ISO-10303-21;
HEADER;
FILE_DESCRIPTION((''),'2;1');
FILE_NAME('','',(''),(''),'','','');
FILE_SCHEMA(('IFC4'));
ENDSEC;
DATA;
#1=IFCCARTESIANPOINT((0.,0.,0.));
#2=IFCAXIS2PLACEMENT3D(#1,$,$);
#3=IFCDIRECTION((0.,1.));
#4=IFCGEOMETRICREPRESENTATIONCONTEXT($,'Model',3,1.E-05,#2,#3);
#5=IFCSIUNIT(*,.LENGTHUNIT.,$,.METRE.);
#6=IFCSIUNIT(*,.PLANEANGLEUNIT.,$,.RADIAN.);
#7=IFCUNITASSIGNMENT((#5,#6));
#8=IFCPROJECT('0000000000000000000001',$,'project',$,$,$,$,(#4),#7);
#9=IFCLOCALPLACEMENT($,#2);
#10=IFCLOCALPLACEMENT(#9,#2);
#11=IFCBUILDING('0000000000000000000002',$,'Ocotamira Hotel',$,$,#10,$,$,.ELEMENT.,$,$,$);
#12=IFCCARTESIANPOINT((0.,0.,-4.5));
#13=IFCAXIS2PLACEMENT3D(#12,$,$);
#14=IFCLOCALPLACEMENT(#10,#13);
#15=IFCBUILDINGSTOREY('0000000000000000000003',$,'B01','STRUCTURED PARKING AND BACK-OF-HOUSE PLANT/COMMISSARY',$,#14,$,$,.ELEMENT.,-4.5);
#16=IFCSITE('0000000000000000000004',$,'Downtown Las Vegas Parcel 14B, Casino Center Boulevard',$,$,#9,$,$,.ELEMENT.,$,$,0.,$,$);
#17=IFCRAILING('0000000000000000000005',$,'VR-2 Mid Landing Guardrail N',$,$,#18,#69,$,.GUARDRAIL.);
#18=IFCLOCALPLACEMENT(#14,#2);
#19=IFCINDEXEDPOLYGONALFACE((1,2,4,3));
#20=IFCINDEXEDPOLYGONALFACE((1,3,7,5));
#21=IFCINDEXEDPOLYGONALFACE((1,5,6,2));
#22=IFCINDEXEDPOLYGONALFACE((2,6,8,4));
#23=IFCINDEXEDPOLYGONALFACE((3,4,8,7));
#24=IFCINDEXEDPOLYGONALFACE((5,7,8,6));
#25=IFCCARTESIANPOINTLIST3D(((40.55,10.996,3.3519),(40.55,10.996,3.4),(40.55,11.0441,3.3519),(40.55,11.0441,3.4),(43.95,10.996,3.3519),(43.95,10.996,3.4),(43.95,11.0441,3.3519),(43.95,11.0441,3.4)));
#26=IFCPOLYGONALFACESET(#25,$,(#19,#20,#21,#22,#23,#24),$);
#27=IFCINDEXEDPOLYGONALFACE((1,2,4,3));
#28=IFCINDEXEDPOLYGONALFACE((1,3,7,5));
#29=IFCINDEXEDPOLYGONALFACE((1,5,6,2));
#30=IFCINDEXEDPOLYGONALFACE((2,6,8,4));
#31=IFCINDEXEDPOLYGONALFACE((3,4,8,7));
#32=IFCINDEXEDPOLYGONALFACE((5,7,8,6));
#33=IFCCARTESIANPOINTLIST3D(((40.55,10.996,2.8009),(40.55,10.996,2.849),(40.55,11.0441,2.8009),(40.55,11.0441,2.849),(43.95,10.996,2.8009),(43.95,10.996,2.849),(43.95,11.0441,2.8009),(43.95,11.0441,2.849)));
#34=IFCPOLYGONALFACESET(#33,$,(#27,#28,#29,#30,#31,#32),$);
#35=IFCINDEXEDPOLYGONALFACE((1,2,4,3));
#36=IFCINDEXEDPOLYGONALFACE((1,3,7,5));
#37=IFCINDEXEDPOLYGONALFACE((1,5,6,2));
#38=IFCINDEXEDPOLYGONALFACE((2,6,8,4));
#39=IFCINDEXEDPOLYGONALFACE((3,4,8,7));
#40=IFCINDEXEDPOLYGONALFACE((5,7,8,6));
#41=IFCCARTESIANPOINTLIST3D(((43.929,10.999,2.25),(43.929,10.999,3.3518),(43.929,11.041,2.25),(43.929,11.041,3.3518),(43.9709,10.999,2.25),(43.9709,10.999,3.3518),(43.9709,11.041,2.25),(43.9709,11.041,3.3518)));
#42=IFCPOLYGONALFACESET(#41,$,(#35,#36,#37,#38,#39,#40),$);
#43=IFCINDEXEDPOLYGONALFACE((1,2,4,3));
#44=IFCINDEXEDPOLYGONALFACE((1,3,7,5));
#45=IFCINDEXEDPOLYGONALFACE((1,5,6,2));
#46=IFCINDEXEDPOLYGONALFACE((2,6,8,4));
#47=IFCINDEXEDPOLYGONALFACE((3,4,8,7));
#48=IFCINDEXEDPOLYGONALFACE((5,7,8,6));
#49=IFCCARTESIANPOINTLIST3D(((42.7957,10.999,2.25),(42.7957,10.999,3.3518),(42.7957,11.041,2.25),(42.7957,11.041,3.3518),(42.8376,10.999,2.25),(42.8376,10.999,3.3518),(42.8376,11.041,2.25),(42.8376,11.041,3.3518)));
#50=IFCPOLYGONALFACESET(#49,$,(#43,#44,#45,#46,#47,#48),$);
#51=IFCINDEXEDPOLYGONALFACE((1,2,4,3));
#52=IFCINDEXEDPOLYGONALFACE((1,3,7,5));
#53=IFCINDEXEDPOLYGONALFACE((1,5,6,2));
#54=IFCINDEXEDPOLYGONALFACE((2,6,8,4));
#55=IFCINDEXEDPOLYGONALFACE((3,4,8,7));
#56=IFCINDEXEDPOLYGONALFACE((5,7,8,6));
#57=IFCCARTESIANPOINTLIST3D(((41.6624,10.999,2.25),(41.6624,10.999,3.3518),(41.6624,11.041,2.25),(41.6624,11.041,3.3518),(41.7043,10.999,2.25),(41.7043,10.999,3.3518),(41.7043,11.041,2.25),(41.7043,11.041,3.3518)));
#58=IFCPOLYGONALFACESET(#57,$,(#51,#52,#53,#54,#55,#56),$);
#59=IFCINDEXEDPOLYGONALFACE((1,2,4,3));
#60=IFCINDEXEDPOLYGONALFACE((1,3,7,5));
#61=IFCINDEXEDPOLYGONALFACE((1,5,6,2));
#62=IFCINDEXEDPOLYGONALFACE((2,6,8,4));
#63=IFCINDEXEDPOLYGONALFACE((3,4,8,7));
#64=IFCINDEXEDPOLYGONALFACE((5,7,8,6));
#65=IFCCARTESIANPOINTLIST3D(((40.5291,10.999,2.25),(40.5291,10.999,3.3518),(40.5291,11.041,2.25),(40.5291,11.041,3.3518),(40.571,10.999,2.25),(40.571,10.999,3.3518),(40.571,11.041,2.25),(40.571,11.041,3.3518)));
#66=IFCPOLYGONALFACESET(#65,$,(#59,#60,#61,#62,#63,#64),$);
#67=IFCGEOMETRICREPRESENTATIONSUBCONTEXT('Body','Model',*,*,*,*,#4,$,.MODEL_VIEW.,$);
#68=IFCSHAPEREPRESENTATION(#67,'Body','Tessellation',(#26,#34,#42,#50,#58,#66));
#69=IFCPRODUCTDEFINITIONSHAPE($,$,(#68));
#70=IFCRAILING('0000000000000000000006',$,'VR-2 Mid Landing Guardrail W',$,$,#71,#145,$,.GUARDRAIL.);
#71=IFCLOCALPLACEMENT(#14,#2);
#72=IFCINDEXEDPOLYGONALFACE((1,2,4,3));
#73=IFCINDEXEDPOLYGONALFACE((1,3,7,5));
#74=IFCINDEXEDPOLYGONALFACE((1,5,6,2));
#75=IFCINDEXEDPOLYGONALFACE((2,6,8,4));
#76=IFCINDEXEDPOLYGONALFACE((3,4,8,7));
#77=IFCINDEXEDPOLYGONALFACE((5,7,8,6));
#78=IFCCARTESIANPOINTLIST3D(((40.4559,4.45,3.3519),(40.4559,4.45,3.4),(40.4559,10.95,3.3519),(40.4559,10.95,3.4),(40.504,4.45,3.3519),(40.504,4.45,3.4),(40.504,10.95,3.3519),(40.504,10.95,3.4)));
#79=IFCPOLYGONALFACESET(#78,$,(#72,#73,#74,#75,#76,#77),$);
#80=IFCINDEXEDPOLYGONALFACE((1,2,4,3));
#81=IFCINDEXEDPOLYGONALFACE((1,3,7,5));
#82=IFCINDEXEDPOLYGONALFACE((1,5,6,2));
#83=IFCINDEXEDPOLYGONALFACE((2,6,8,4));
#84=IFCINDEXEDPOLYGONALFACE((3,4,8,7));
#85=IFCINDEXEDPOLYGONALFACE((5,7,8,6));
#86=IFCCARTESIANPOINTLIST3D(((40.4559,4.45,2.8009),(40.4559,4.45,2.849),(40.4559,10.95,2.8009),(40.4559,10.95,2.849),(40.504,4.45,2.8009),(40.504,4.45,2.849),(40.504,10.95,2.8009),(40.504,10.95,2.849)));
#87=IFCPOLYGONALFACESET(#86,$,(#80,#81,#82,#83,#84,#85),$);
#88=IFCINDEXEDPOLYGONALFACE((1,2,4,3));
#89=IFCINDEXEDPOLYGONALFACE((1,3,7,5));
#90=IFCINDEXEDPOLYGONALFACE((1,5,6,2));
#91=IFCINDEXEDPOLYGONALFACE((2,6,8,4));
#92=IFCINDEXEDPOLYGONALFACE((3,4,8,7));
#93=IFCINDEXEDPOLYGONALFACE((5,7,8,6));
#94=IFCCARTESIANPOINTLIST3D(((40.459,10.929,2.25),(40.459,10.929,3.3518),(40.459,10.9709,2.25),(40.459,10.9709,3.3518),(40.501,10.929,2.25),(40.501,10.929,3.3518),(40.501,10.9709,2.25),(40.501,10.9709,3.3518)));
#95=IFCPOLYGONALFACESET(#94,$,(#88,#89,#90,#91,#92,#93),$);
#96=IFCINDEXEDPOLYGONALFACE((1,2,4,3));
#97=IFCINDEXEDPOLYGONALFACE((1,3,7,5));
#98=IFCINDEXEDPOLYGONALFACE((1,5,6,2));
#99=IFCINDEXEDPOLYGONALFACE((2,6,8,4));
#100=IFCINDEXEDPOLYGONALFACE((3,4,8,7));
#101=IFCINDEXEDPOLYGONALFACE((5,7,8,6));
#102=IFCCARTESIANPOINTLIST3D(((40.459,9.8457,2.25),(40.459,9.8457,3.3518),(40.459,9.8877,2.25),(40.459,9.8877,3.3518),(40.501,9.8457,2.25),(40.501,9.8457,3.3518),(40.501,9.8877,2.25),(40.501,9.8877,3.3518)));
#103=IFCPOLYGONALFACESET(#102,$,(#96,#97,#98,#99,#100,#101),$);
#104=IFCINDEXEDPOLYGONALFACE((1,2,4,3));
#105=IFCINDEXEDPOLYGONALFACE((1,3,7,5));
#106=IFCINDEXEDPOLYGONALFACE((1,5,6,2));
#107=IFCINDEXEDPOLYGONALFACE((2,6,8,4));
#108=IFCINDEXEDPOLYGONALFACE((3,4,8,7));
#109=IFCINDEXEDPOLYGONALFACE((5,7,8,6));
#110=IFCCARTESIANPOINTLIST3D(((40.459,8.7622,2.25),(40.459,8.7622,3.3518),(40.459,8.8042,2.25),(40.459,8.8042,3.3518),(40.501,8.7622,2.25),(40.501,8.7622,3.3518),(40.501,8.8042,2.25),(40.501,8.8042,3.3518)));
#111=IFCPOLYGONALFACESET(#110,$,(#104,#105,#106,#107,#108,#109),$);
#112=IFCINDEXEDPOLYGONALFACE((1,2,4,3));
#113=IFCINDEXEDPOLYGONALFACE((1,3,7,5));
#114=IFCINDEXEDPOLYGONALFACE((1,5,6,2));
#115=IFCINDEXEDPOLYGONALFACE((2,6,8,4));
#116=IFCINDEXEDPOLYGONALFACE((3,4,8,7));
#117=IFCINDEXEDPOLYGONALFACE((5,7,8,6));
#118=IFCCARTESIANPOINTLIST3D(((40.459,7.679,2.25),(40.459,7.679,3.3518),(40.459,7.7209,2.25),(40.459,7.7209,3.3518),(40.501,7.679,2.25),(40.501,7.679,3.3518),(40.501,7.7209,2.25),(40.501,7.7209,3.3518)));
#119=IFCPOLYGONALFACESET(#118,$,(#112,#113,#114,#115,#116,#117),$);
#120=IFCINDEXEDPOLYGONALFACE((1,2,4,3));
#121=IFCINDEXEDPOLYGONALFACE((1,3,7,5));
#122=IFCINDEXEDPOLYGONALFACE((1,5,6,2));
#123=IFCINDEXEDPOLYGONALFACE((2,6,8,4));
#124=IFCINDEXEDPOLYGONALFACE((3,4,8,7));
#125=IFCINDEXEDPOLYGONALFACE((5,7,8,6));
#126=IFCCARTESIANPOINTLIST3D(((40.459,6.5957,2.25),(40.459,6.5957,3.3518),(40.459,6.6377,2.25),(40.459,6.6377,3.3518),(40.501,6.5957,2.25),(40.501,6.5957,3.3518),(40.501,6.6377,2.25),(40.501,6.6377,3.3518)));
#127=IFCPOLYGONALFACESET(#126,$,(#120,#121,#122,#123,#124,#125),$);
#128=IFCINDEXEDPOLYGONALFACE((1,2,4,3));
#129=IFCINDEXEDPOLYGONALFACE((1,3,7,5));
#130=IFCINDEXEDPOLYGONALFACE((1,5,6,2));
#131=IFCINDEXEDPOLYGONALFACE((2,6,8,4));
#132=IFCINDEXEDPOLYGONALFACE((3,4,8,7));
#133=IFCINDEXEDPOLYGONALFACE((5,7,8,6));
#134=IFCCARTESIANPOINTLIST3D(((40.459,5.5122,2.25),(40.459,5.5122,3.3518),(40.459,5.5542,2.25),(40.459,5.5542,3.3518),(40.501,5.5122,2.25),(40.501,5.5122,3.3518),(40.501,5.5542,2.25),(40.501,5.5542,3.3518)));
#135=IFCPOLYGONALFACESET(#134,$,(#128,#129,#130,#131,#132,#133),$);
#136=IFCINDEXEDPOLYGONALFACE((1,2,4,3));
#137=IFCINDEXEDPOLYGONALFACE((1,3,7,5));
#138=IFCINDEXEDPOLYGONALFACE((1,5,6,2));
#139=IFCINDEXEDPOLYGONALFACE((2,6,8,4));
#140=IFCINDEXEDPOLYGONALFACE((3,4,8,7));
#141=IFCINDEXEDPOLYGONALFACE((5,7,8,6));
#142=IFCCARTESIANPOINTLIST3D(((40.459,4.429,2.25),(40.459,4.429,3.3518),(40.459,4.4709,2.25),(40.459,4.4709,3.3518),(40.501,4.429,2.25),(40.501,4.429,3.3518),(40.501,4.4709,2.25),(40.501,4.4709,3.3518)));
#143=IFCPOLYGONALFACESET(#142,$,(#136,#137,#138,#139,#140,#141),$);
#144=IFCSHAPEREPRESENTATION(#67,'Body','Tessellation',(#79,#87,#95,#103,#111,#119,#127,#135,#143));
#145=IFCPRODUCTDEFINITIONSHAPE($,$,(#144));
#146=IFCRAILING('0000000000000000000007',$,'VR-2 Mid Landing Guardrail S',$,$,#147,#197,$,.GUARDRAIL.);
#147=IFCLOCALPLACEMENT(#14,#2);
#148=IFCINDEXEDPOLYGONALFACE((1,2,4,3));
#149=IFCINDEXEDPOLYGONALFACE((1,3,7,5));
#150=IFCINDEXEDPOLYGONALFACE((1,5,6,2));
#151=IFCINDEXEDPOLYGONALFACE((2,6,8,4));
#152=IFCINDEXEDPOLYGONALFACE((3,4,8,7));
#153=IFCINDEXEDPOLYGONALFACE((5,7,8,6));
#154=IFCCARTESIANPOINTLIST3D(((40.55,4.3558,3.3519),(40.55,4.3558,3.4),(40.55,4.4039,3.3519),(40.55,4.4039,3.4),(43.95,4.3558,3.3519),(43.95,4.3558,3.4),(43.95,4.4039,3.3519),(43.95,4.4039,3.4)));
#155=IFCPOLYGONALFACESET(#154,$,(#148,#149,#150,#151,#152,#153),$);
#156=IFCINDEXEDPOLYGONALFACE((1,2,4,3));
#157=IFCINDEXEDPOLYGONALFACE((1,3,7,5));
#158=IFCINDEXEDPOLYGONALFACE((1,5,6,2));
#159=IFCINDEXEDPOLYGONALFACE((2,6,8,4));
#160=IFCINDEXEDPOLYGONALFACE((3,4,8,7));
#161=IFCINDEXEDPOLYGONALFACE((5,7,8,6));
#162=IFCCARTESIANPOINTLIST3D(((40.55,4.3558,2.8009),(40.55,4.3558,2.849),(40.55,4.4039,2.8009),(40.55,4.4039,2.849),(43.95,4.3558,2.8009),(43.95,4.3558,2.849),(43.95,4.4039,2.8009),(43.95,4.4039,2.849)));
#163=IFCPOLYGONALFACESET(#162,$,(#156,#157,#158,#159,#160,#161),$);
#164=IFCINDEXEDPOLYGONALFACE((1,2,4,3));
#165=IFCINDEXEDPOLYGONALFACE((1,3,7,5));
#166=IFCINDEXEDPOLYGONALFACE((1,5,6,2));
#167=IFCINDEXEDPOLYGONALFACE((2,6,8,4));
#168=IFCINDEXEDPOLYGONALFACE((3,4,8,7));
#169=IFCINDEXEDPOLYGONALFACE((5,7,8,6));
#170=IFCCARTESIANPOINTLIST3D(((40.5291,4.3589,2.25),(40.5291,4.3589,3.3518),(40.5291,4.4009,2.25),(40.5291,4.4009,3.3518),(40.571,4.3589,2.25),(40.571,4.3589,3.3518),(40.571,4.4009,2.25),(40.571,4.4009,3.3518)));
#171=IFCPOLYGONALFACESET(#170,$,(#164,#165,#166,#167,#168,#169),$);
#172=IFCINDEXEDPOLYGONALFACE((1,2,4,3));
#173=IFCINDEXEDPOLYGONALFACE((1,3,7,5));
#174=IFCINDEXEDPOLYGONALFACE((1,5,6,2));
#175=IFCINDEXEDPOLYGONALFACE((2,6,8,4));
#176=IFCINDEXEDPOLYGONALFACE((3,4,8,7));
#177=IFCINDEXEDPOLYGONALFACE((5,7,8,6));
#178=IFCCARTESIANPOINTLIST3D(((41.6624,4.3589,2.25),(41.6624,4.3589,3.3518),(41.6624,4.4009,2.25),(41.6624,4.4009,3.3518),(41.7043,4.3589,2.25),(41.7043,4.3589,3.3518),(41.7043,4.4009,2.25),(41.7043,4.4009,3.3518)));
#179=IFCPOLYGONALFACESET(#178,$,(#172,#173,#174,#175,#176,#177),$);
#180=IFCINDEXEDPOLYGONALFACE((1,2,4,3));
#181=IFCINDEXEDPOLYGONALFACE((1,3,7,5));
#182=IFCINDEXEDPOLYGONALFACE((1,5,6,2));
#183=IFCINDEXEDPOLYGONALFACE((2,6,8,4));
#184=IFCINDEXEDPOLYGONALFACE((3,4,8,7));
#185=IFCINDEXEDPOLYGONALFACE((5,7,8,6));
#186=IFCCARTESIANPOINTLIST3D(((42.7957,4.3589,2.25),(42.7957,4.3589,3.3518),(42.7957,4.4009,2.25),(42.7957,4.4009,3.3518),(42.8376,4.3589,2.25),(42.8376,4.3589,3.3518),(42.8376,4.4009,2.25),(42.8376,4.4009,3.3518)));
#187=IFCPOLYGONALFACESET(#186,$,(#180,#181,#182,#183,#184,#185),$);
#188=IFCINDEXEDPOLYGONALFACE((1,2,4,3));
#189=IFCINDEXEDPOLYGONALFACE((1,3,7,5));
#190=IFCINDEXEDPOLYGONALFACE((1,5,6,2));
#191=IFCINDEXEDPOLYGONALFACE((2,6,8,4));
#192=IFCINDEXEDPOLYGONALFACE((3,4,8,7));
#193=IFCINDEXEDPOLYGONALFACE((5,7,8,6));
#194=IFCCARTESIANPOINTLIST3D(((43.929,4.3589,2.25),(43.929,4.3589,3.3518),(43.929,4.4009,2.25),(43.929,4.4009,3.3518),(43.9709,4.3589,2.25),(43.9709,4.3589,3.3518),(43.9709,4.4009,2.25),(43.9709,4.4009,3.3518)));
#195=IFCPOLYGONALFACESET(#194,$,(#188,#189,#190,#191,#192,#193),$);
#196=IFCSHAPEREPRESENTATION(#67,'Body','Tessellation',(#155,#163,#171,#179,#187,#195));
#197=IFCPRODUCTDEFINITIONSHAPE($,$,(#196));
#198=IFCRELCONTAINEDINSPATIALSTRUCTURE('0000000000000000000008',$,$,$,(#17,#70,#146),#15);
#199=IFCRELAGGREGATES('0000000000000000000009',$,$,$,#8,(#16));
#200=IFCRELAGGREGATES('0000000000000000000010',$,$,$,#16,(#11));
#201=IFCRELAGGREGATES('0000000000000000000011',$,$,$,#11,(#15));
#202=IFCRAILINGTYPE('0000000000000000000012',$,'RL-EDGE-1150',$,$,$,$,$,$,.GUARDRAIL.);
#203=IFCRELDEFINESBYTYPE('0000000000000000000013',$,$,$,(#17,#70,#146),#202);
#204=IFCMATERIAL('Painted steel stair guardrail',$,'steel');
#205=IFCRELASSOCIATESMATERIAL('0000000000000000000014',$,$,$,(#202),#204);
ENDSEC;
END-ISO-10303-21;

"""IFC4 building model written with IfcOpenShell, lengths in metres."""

from ifc_helpers import new_model, si_unit, direction, frame, origin, origin_2d, place, context, subcontext, project, spatial, rectangle, extrude, material, type_object, element, save


model = new_model("IFC4")

# Units and contexts
model_context = context("Model", 3, precision=1e-05, world=origin(), true_north=direction((0.0, 1.0)))
body_context = subcontext(model_context, "Body", "Model", "MODEL_VIEW")
ifc_project = project(units=[si_unit("LENGTHUNIT", "METRE"), si_unit("PLANEANGLEUNIT", "RADIAN")], contexts=[model_context])

# Site, building, storey
site_placement = place(None, origin())
site = spatial("IfcSite", under=ifc_project, at=site_placement, Name="Downtown Las Vegas Parcel 14B, Casino Center Boulevard", CompositionType="ELEMENT", RefElevation=0.0)
building_placement = place(site_placement, origin())
building = spatial("IfcBuilding", under=site, at=building_placement, Name="Ocotamira Hotel", CompositionType="ELEMENT")
storey_placement = place(building_placement, frame((0.0, 0.0, -4.5)))
storey = spatial("IfcBuildingStorey", under=building, at=storey_placement, Name="B01", Description="STRUCTURED PARKING AND BACK-OF-HOUSE PLANT/COMMISSARY", CompositionType="ELEMENT", Elevation=-4.5)

# Railings
ifc_material_1 = material(Name="Painted steel stair guardrail", Category="steel")
railing_type = type_object("IfcRailingType", Name="RL-EDGE-1150", PredefinedType="GUARDRAIL", material=ifc_material_1)
railing_1_placement = place(storey_placement, frame((43.95, 11.02, 2.25)))
element("IfcRailing", 1, at=railing_1_placement, inside=storey, type_object=railing_type, Name="VR-2 Mid Landing Guardrail N", PredefinedType="GUARDRAIL", context=body_context, shape_type="SweptSolid", body=[
    extrude(rectangle(XDim=0.0481, YDim=0.0481, at=origin_2d()), frame((0.0, 0.0, 1.126), z_axis=(-1.0, 0.0, 0.0), x_axis=(0.0, -1.0, 0.0)), (0.0, 0.0, 1.0), 3.3999),
    extrude(rectangle(XDim=0.0481, YDim=0.0481, at=origin_2d()), frame((0.0, 0.0, 0.575), z_axis=(-1.0, 0.0, 0.0), x_axis=(0.0, -1.0, 0.0)), (0.0, 0.0, 1.0), 3.3999),
    extrude(rectangle(XDim=0.042, YDim=0.042, at=origin_2d()), origin(), (0.0, 0.0, 1.0), 1.1018),
    extrude(rectangle(XDim=0.042, YDim=0.042, at=origin_2d()), frame((-1.1333, 0.0, 0.0)), (0.0, 0.0, 1.0), 1.1018),
    extrude(rectangle(XDim=0.042, YDim=0.042, at=origin_2d()), frame((-2.2666, 0.0, 0.0)), (0.0, 0.0, 1.0), 1.1018),
    extrude(rectangle(XDim=0.042, YDim=0.042, at=origin_2d()), frame((-3.3999, 0.0, 0.0)), (0.0, 0.0, 1.0), 1.1018),
])
railing_2_placement = place(storey_placement, frame((40.48, 10.95, 2.25)))
element("IfcRailing", 2, at=railing_2_placement, inside=storey, type_object=railing_type, Name="VR-2 Mid Landing Guardrail W", PredefinedType="GUARDRAIL", context=body_context, shape_type="SweptSolid", body=[
    extrude(rectangle(XDim=0.0481, YDim=0.0481, at=origin_2d()), frame((0.0, 0.0, 1.126), z_axis=(0.0, -1.0, 0.0), x_axis=(1.0, 0.0, 0.0)), (0.0, 0.0, 1.0), 6.5),
    extrude(rectangle(XDim=0.0481, YDim=0.0481, at=origin_2d()), frame((0.0, 0.0, 0.575), z_axis=(0.0, -1.0, 0.0), x_axis=(1.0, 0.0, 0.0)), (0.0, 0.0, 1.0), 6.5),
    extrude(rectangle(XDim=0.042, YDim=0.042, at=origin_2d()), origin(), (0.0, 0.0, 1.0), 1.1018),
    extrude(rectangle(XDim=0.042, YDim=0.042, at=origin_2d()), frame((0.0, -1.0833, 0.0)), (0.0, 0.0, 1.0), 1.1018),
    extrude(rectangle(XDim=0.042, YDim=0.042, at=origin_2d()), frame((0.0, -2.1667, 0.0)), (0.0, 0.0, 1.0), 1.1018),
    extrude(rectangle(XDim=0.042, YDim=0.042, at=origin_2d()), frame((0.0, -3.25, 0.0)), (0.0, 0.0, 1.0), 1.1018),
    extrude(rectangle(XDim=0.042, YDim=0.042, at=origin_2d()), frame((0.0, -4.3333, 0.0)), (0.0, 0.0, 1.0), 1.1018),
    extrude(rectangle(XDim=0.042, YDim=0.042, at=origin_2d()), frame((0.0, -5.4167, 0.0)), (0.0, 0.0, 1.0), 1.1018),
    extrude(rectangle(XDim=0.042, YDim=0.042, at=origin_2d()), frame((0.0, -6.5, 0.0)), (0.0, 0.0, 1.0), 1.1018),
])
railing_3_placement = place(storey_placement, frame((40.55, 4.3799, 2.25)))
element("IfcRailing", 3, at=railing_3_placement, inside=storey, type_object=railing_type, Name="VR-2 Mid Landing Guardrail S", PredefinedType="GUARDRAIL", context=body_context, shape_type="SweptSolid", body=[
    extrude(rectangle(XDim=0.0481, YDim=0.0481, at=origin_2d()), frame((0.0, 0.0, 1.126), z_axis=(1.0, 0.0, 0.0), x_axis=(0.0, 1.0, 0.0)), (0.0, 0.0, 1.0), 3.3999),
    extrude(rectangle(XDim=0.0481, YDim=0.0481, at=origin_2d()), frame((0.0, 0.0, 0.575), z_axis=(1.0, 0.0, 0.0), x_axis=(0.0, 1.0, 0.0)), (0.0, 0.0, 1.0), 3.3999),
    extrude(rectangle(XDim=0.042, YDim=0.042, at=origin_2d()), origin(), (0.0, 0.0, 1.0), 1.1018),
    extrude(rectangle(XDim=0.042, YDim=0.042, at=origin_2d()), frame((1.1333, 0.0, 0.0)), (0.0, 0.0, 1.0), 1.1018),
    extrude(rectangle(XDim=0.042, YDim=0.042, at=origin_2d()), frame((2.2666, 0.0, 0.0)), (0.0, 0.0, 1.0), 1.1018),
    extrude(rectangle(XDim=0.042, YDim=0.042, at=origin_2d()), frame((3.3999, 0.0, 0.0)), (0.0, 0.0, 1.0), 1.1018),
])

save(model, "model.ifc")
